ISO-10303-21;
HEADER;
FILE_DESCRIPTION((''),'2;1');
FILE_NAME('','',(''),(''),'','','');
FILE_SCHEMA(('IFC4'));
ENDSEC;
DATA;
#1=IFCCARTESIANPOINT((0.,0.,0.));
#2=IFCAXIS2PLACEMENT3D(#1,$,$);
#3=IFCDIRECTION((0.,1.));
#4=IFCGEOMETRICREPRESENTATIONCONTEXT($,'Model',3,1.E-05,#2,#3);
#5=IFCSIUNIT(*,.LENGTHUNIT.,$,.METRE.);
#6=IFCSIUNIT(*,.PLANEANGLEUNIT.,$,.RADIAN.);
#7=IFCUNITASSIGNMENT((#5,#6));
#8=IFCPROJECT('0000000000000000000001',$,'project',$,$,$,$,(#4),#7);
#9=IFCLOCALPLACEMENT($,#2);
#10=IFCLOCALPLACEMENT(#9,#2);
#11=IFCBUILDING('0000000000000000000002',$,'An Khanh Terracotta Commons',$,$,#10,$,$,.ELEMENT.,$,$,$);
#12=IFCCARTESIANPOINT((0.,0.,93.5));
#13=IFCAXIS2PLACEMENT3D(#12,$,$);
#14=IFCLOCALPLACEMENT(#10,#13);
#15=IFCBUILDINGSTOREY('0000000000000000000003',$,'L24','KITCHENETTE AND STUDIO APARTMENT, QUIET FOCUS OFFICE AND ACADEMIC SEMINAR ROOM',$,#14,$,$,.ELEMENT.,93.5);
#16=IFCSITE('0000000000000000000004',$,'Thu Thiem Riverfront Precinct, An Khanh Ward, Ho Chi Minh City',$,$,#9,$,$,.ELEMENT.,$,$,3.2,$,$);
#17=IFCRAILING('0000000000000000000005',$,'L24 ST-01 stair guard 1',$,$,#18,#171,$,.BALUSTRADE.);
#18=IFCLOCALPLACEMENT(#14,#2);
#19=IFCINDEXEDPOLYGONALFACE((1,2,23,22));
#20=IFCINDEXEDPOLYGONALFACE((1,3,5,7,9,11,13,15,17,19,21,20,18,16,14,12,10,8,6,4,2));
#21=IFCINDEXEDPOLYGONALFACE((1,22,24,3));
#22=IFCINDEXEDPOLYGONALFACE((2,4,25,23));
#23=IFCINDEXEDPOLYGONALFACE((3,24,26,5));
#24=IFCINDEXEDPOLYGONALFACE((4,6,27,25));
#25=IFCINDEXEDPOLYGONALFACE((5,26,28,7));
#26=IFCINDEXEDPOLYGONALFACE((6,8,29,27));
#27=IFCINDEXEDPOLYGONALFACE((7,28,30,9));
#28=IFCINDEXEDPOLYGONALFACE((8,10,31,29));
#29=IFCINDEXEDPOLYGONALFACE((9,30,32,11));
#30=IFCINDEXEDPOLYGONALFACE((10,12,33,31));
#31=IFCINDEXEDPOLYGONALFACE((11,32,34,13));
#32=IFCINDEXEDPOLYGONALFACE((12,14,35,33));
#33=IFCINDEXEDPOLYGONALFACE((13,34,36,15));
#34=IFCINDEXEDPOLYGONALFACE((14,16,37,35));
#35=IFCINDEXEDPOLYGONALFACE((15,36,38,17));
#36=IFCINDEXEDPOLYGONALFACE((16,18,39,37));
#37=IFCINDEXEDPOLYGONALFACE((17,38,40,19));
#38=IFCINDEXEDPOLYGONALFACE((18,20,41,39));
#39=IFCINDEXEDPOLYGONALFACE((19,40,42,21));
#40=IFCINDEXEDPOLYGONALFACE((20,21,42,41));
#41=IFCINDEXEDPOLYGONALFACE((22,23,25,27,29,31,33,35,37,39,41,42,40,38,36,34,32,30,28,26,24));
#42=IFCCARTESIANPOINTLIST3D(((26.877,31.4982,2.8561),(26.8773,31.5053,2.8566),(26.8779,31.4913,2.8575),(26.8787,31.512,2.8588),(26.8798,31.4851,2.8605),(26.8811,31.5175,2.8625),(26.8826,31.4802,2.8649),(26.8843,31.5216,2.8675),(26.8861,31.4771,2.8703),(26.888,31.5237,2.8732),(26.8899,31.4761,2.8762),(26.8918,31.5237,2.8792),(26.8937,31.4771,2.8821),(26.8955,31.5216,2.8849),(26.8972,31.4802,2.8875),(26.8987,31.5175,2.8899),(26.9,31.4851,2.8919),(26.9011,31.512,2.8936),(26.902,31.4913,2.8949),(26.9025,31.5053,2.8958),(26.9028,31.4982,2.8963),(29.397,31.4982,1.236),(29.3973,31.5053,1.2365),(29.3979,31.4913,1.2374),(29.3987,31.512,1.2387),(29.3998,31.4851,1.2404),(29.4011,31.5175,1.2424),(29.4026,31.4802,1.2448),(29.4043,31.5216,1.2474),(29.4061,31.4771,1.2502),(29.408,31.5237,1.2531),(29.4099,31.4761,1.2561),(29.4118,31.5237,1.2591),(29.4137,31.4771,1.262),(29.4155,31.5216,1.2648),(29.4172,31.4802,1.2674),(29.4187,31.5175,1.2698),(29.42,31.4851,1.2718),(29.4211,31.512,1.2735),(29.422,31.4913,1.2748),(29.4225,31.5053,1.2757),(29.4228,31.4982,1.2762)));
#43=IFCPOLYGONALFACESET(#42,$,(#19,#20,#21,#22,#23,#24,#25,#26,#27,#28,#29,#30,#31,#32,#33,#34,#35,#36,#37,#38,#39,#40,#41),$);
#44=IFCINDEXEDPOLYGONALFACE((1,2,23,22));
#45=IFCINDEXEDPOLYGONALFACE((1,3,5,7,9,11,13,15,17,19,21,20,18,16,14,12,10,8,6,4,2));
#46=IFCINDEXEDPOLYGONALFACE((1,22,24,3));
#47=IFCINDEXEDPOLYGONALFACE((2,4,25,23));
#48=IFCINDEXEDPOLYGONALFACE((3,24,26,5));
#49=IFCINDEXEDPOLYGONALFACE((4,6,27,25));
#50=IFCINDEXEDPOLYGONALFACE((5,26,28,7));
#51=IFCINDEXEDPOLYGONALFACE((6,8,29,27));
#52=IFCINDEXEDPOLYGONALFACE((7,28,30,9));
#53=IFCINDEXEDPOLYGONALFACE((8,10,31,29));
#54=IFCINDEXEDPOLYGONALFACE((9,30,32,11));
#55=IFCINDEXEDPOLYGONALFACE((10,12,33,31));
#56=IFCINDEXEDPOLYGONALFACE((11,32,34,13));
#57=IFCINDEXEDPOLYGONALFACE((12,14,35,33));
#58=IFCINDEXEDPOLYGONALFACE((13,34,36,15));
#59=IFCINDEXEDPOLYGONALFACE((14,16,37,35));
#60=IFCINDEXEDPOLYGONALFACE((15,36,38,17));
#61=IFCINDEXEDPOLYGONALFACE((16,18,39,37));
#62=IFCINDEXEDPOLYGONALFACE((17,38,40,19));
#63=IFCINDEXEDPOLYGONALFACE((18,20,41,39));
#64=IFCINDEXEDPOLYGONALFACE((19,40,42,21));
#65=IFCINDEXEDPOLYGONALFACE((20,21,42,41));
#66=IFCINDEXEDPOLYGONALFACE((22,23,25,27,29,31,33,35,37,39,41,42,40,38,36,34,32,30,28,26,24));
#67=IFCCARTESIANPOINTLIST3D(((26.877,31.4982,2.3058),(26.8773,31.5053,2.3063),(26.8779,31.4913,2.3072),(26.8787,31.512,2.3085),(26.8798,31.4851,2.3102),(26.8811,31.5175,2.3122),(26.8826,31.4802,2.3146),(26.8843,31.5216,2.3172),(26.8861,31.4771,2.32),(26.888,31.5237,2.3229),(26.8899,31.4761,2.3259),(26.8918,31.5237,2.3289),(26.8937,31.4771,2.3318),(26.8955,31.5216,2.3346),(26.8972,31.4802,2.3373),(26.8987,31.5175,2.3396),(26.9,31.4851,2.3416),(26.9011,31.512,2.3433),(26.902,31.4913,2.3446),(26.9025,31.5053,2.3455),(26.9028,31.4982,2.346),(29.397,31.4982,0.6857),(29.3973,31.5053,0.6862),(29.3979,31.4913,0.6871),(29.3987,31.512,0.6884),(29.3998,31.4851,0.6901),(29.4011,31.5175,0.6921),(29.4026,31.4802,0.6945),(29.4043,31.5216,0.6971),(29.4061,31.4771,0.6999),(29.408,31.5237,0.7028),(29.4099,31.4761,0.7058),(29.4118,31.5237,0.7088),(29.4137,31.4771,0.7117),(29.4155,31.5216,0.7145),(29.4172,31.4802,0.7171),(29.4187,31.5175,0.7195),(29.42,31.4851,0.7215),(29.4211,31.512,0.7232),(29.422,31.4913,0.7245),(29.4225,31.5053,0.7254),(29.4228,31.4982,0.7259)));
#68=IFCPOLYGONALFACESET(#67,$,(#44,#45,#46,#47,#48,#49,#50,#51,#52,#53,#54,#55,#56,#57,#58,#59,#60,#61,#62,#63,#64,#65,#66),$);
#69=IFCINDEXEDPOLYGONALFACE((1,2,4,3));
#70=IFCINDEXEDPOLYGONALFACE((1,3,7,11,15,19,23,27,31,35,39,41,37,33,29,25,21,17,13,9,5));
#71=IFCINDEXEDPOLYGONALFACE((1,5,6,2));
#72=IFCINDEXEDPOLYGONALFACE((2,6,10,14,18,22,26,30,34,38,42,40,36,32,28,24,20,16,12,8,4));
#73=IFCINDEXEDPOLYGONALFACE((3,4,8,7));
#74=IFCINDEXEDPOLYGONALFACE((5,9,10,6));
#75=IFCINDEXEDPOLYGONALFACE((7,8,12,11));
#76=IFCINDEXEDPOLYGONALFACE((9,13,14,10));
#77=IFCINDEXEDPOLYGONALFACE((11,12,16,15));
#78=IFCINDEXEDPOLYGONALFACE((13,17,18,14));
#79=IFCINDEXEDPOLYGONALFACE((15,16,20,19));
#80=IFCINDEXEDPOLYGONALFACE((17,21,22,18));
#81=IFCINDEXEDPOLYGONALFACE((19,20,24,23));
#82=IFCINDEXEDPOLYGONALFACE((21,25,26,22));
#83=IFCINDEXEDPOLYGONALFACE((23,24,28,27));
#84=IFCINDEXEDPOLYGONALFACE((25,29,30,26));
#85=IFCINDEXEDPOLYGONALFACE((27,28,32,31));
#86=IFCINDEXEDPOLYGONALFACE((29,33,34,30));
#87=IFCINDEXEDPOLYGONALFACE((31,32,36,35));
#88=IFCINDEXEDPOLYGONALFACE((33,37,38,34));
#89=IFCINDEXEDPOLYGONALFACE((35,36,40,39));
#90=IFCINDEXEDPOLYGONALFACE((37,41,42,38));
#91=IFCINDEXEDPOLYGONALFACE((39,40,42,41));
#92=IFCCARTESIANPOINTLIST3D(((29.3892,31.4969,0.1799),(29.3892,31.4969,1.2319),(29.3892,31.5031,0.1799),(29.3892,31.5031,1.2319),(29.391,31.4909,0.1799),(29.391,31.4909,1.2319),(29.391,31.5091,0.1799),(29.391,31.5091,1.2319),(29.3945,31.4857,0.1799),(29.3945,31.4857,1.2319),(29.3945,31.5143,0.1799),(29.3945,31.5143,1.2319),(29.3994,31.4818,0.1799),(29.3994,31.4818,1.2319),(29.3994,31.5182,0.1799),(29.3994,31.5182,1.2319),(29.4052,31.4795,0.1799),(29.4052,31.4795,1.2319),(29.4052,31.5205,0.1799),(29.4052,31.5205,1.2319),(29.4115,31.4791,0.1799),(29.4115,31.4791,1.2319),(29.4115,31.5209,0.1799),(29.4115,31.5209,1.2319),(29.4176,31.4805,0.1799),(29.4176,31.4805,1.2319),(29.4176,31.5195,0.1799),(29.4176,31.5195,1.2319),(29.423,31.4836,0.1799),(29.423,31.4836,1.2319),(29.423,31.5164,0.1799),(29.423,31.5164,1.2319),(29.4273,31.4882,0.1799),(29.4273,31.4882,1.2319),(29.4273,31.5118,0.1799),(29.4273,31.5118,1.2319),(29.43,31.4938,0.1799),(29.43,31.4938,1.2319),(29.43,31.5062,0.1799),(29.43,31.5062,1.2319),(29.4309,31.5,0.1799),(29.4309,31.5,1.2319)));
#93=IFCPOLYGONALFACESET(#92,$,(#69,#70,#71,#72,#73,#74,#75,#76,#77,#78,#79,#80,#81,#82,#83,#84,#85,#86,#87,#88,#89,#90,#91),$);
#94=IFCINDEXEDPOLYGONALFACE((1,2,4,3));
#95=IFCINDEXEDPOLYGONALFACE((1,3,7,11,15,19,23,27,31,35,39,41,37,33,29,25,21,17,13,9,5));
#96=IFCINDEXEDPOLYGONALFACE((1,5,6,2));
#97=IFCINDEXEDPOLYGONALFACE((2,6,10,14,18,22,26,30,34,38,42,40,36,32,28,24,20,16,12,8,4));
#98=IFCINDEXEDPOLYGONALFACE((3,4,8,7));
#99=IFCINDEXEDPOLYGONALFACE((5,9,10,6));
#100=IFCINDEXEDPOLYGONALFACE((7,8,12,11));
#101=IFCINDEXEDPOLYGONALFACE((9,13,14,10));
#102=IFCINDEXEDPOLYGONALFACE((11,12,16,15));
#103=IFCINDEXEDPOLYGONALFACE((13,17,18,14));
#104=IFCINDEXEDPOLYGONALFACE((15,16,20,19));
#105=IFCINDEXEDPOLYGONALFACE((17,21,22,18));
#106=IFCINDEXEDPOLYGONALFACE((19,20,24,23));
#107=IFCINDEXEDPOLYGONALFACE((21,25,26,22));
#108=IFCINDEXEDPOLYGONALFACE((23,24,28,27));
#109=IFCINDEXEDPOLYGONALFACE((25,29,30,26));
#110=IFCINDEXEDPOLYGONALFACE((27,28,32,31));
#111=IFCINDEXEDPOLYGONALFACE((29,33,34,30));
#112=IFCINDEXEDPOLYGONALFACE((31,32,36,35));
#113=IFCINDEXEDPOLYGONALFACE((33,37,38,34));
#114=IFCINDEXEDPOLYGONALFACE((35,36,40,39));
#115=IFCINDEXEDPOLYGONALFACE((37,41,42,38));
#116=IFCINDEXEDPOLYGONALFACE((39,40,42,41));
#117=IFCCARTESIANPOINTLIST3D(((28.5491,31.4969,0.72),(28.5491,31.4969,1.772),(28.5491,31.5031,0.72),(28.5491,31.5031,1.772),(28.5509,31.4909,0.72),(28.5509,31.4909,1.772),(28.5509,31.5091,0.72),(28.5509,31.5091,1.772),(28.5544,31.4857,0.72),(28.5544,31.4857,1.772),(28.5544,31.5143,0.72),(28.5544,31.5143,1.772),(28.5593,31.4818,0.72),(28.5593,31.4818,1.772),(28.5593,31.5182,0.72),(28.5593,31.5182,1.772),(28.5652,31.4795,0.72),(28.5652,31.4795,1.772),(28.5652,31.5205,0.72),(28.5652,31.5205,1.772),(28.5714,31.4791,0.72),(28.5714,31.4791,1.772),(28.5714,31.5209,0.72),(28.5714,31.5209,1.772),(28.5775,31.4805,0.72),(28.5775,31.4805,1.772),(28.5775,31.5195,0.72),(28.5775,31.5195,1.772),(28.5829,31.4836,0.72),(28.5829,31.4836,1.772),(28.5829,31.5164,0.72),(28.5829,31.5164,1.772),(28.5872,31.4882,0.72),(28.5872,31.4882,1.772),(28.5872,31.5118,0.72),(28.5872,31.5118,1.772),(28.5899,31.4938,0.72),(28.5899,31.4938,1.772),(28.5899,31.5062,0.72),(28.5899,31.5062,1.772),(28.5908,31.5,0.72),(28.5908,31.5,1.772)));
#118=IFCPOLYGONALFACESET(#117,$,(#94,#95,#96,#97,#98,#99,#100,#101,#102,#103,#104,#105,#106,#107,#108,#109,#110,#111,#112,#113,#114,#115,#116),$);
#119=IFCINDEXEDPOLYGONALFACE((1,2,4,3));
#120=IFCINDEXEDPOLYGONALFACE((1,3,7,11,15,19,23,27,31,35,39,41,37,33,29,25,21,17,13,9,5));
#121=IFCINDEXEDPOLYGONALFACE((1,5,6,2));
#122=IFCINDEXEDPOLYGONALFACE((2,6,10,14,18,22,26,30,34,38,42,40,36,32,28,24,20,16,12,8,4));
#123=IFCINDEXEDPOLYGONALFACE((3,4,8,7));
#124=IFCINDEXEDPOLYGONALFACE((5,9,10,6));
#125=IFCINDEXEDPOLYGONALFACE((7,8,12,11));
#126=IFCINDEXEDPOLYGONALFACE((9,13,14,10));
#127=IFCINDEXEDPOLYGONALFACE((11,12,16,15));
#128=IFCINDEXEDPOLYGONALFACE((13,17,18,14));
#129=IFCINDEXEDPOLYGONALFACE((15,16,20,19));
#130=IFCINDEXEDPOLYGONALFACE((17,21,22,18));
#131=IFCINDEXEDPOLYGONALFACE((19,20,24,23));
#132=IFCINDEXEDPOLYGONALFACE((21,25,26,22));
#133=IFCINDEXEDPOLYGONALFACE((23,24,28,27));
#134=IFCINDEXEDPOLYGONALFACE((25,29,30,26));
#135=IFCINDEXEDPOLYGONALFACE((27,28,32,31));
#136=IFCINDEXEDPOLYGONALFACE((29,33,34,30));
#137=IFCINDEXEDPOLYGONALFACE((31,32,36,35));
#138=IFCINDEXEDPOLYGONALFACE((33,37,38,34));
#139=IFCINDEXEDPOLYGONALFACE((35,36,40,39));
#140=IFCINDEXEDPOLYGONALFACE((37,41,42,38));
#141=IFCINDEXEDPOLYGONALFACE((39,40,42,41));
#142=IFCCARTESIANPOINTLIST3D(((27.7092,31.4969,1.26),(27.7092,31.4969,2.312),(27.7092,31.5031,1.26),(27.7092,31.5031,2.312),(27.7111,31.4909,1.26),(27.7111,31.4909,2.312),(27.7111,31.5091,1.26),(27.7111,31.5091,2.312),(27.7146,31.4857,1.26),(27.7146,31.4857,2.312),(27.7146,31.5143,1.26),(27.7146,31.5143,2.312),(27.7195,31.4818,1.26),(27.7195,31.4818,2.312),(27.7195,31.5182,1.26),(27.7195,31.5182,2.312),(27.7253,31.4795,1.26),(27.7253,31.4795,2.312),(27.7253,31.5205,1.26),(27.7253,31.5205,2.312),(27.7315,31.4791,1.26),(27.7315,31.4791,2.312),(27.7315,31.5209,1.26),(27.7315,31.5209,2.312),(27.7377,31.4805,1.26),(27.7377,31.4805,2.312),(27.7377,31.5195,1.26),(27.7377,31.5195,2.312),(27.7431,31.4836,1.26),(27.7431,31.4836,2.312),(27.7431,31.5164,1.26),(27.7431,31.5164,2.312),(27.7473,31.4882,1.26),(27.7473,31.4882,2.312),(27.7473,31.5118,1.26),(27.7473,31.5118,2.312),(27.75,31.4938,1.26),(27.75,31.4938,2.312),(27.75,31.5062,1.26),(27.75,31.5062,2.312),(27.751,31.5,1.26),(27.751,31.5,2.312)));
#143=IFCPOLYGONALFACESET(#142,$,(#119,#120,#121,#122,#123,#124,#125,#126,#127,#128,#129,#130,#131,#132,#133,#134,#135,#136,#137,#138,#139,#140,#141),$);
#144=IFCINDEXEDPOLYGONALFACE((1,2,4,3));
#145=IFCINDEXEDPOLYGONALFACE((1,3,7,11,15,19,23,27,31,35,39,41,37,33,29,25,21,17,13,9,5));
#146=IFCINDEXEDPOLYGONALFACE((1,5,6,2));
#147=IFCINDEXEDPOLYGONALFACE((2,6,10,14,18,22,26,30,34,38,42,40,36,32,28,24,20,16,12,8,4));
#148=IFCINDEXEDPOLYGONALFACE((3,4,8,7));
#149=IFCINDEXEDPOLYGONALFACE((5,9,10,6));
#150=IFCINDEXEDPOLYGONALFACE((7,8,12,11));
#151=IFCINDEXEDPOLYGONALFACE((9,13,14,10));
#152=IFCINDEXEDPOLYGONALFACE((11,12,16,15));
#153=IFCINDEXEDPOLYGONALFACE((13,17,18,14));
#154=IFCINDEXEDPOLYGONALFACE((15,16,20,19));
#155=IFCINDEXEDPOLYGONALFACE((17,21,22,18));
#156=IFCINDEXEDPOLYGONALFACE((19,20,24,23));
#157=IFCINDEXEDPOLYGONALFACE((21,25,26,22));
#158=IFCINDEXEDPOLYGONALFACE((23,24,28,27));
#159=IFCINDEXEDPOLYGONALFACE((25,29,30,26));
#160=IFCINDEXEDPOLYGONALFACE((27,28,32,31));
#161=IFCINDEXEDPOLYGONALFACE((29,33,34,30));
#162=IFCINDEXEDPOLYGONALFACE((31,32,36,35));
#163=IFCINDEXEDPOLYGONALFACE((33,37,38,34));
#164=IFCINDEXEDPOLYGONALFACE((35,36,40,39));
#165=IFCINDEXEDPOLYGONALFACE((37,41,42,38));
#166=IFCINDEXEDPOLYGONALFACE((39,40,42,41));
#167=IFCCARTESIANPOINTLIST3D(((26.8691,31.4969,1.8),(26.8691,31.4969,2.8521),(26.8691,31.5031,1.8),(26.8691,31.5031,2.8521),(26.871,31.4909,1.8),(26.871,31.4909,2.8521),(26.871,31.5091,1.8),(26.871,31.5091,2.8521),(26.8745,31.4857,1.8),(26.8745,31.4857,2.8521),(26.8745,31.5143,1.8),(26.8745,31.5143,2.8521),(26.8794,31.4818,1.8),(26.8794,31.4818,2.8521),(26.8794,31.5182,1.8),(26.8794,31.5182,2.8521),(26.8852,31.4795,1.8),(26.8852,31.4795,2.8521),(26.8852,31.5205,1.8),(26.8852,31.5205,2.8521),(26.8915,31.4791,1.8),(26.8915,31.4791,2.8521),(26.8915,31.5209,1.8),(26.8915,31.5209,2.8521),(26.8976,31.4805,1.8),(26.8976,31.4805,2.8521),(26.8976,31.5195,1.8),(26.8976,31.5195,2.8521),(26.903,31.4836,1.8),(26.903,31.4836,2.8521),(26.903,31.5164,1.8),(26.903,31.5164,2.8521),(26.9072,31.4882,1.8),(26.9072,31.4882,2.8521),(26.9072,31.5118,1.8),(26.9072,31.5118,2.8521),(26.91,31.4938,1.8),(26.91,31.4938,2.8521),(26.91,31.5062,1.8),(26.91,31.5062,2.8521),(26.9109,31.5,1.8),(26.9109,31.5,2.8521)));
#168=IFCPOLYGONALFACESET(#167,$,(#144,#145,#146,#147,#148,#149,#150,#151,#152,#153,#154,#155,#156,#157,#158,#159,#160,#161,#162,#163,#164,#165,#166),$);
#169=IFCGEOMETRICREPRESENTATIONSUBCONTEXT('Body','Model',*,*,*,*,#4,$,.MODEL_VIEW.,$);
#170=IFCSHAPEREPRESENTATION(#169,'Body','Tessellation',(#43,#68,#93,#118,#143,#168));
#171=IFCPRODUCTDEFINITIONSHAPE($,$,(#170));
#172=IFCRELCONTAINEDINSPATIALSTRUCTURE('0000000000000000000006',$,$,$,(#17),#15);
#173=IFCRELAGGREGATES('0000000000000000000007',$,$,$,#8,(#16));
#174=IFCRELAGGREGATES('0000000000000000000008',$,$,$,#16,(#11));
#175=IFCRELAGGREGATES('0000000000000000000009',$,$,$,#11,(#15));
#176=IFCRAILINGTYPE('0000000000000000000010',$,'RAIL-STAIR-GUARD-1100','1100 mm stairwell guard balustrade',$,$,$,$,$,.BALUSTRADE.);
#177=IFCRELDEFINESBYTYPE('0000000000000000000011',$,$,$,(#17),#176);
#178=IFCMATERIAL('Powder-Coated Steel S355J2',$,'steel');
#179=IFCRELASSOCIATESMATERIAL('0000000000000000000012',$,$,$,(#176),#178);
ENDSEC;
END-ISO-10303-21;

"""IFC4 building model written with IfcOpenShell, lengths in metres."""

from ifc_helpers import new_model, si_unit, direction, frame, origin, origin_2d, place, context, subcontext, project, spatial, circle, extrude, material, type_object, element, save


model = new_model("IFC4")

# Units and contexts
model_context = context("Model", 3, precision=1e-05, world=origin(), true_north=direction((0.0, 1.0)))
body_context = subcontext(model_context, "Body", "Model", "MODEL_VIEW")
ifc_project = project(units=[si_unit("LENGTHUNIT", "METRE"), si_unit("PLANEANGLEUNIT", "RADIAN")], contexts=[model_context])

# Site, building, storey
site_placement = place(None, origin())
site = spatial("IfcSite", under=ifc_project, at=site_placement, Name="Thu Thiem Riverfront Precinct, An Khanh Ward, Ho Chi Minh City", CompositionType="ELEMENT", RefElevation=3.2)
building_placement = place(site_placement, origin())
building = spatial("IfcBuilding", under=site, at=building_placement, Name="An Khanh Terracotta Commons", CompositionType="ELEMENT")
storey_placement = place(building_placement, frame((0.0, 0.0, 93.5)))
storey = spatial("IfcBuildingStorey", under=building, at=storey_placement, Name="L24", Description="KITCHENETTE AND STUDIO APARTMENT, QUIET FOCUS OFFICE AND ACADEMIC SEMINAR ROOM", CompositionType="ELEMENT", Elevation=93.5)

# Railing
ifc_material_1 = material(Name="Powder-Coated Steel S355J2", Category="steel")
railing_type_1 = type_object("IfcRailingType", Name="RAIL-STAIR-GUARD-1100", Description="1100 mm stairwell guard balustrade", PredefinedType="BALUSTRADE", material=ifc_material_1)
railing_1_placement = place(storey_placement, frame((29.4099, 31.5, 0.1799)))
element("IfcRailing", 1, at=railing_1_placement, inside=storey, type_object=railing_type_1, Name="L24 ST-01 stair guard 1", PredefinedType="BALUSTRADE", context=body_context, shape_type="SweptSolid", body=[
    extrude(circle(Radius=0.0239, at=origin_2d()), frame((0.0, 0.0, 1.0762), z_axis=(-0.841163, 0.0, 0.540782), x_axis=(0.0, -1.0, 0.0)), (0.0, 0.0, 1.0), 2.9958),
    extrude(circle(Radius=0.0239, at=origin_2d()), frame((0.0, 0.0, 0.5259), z_axis=(-0.841163, 0.0, 0.540782), x_axis=(0.0, -1.0, 0.0)), (0.0, 0.0, 1.0), 2.9958),
    extrude(circle(Radius=0.021, at=origin_2d()), origin(), (0.0, 0.0, 1.0), 1.052),
    extrude(circle(Radius=0.021, at=origin_2d()), frame((-0.8401, 0.0, 0.54)), (0.0, 0.0, 1.0), 1.052),
    extrude(circle(Radius=0.021, at=origin_2d()), frame((-1.6799, 0.0, 1.0801)), (0.0, 0.0, 1.0), 1.052),
    extrude(circle(Radius=0.021, at=origin_2d()), frame((-2.52, 0.0, 1.6201)), (0.0, 0.0, 1.0), 1.052),
])

save(model, "model.ifc")
